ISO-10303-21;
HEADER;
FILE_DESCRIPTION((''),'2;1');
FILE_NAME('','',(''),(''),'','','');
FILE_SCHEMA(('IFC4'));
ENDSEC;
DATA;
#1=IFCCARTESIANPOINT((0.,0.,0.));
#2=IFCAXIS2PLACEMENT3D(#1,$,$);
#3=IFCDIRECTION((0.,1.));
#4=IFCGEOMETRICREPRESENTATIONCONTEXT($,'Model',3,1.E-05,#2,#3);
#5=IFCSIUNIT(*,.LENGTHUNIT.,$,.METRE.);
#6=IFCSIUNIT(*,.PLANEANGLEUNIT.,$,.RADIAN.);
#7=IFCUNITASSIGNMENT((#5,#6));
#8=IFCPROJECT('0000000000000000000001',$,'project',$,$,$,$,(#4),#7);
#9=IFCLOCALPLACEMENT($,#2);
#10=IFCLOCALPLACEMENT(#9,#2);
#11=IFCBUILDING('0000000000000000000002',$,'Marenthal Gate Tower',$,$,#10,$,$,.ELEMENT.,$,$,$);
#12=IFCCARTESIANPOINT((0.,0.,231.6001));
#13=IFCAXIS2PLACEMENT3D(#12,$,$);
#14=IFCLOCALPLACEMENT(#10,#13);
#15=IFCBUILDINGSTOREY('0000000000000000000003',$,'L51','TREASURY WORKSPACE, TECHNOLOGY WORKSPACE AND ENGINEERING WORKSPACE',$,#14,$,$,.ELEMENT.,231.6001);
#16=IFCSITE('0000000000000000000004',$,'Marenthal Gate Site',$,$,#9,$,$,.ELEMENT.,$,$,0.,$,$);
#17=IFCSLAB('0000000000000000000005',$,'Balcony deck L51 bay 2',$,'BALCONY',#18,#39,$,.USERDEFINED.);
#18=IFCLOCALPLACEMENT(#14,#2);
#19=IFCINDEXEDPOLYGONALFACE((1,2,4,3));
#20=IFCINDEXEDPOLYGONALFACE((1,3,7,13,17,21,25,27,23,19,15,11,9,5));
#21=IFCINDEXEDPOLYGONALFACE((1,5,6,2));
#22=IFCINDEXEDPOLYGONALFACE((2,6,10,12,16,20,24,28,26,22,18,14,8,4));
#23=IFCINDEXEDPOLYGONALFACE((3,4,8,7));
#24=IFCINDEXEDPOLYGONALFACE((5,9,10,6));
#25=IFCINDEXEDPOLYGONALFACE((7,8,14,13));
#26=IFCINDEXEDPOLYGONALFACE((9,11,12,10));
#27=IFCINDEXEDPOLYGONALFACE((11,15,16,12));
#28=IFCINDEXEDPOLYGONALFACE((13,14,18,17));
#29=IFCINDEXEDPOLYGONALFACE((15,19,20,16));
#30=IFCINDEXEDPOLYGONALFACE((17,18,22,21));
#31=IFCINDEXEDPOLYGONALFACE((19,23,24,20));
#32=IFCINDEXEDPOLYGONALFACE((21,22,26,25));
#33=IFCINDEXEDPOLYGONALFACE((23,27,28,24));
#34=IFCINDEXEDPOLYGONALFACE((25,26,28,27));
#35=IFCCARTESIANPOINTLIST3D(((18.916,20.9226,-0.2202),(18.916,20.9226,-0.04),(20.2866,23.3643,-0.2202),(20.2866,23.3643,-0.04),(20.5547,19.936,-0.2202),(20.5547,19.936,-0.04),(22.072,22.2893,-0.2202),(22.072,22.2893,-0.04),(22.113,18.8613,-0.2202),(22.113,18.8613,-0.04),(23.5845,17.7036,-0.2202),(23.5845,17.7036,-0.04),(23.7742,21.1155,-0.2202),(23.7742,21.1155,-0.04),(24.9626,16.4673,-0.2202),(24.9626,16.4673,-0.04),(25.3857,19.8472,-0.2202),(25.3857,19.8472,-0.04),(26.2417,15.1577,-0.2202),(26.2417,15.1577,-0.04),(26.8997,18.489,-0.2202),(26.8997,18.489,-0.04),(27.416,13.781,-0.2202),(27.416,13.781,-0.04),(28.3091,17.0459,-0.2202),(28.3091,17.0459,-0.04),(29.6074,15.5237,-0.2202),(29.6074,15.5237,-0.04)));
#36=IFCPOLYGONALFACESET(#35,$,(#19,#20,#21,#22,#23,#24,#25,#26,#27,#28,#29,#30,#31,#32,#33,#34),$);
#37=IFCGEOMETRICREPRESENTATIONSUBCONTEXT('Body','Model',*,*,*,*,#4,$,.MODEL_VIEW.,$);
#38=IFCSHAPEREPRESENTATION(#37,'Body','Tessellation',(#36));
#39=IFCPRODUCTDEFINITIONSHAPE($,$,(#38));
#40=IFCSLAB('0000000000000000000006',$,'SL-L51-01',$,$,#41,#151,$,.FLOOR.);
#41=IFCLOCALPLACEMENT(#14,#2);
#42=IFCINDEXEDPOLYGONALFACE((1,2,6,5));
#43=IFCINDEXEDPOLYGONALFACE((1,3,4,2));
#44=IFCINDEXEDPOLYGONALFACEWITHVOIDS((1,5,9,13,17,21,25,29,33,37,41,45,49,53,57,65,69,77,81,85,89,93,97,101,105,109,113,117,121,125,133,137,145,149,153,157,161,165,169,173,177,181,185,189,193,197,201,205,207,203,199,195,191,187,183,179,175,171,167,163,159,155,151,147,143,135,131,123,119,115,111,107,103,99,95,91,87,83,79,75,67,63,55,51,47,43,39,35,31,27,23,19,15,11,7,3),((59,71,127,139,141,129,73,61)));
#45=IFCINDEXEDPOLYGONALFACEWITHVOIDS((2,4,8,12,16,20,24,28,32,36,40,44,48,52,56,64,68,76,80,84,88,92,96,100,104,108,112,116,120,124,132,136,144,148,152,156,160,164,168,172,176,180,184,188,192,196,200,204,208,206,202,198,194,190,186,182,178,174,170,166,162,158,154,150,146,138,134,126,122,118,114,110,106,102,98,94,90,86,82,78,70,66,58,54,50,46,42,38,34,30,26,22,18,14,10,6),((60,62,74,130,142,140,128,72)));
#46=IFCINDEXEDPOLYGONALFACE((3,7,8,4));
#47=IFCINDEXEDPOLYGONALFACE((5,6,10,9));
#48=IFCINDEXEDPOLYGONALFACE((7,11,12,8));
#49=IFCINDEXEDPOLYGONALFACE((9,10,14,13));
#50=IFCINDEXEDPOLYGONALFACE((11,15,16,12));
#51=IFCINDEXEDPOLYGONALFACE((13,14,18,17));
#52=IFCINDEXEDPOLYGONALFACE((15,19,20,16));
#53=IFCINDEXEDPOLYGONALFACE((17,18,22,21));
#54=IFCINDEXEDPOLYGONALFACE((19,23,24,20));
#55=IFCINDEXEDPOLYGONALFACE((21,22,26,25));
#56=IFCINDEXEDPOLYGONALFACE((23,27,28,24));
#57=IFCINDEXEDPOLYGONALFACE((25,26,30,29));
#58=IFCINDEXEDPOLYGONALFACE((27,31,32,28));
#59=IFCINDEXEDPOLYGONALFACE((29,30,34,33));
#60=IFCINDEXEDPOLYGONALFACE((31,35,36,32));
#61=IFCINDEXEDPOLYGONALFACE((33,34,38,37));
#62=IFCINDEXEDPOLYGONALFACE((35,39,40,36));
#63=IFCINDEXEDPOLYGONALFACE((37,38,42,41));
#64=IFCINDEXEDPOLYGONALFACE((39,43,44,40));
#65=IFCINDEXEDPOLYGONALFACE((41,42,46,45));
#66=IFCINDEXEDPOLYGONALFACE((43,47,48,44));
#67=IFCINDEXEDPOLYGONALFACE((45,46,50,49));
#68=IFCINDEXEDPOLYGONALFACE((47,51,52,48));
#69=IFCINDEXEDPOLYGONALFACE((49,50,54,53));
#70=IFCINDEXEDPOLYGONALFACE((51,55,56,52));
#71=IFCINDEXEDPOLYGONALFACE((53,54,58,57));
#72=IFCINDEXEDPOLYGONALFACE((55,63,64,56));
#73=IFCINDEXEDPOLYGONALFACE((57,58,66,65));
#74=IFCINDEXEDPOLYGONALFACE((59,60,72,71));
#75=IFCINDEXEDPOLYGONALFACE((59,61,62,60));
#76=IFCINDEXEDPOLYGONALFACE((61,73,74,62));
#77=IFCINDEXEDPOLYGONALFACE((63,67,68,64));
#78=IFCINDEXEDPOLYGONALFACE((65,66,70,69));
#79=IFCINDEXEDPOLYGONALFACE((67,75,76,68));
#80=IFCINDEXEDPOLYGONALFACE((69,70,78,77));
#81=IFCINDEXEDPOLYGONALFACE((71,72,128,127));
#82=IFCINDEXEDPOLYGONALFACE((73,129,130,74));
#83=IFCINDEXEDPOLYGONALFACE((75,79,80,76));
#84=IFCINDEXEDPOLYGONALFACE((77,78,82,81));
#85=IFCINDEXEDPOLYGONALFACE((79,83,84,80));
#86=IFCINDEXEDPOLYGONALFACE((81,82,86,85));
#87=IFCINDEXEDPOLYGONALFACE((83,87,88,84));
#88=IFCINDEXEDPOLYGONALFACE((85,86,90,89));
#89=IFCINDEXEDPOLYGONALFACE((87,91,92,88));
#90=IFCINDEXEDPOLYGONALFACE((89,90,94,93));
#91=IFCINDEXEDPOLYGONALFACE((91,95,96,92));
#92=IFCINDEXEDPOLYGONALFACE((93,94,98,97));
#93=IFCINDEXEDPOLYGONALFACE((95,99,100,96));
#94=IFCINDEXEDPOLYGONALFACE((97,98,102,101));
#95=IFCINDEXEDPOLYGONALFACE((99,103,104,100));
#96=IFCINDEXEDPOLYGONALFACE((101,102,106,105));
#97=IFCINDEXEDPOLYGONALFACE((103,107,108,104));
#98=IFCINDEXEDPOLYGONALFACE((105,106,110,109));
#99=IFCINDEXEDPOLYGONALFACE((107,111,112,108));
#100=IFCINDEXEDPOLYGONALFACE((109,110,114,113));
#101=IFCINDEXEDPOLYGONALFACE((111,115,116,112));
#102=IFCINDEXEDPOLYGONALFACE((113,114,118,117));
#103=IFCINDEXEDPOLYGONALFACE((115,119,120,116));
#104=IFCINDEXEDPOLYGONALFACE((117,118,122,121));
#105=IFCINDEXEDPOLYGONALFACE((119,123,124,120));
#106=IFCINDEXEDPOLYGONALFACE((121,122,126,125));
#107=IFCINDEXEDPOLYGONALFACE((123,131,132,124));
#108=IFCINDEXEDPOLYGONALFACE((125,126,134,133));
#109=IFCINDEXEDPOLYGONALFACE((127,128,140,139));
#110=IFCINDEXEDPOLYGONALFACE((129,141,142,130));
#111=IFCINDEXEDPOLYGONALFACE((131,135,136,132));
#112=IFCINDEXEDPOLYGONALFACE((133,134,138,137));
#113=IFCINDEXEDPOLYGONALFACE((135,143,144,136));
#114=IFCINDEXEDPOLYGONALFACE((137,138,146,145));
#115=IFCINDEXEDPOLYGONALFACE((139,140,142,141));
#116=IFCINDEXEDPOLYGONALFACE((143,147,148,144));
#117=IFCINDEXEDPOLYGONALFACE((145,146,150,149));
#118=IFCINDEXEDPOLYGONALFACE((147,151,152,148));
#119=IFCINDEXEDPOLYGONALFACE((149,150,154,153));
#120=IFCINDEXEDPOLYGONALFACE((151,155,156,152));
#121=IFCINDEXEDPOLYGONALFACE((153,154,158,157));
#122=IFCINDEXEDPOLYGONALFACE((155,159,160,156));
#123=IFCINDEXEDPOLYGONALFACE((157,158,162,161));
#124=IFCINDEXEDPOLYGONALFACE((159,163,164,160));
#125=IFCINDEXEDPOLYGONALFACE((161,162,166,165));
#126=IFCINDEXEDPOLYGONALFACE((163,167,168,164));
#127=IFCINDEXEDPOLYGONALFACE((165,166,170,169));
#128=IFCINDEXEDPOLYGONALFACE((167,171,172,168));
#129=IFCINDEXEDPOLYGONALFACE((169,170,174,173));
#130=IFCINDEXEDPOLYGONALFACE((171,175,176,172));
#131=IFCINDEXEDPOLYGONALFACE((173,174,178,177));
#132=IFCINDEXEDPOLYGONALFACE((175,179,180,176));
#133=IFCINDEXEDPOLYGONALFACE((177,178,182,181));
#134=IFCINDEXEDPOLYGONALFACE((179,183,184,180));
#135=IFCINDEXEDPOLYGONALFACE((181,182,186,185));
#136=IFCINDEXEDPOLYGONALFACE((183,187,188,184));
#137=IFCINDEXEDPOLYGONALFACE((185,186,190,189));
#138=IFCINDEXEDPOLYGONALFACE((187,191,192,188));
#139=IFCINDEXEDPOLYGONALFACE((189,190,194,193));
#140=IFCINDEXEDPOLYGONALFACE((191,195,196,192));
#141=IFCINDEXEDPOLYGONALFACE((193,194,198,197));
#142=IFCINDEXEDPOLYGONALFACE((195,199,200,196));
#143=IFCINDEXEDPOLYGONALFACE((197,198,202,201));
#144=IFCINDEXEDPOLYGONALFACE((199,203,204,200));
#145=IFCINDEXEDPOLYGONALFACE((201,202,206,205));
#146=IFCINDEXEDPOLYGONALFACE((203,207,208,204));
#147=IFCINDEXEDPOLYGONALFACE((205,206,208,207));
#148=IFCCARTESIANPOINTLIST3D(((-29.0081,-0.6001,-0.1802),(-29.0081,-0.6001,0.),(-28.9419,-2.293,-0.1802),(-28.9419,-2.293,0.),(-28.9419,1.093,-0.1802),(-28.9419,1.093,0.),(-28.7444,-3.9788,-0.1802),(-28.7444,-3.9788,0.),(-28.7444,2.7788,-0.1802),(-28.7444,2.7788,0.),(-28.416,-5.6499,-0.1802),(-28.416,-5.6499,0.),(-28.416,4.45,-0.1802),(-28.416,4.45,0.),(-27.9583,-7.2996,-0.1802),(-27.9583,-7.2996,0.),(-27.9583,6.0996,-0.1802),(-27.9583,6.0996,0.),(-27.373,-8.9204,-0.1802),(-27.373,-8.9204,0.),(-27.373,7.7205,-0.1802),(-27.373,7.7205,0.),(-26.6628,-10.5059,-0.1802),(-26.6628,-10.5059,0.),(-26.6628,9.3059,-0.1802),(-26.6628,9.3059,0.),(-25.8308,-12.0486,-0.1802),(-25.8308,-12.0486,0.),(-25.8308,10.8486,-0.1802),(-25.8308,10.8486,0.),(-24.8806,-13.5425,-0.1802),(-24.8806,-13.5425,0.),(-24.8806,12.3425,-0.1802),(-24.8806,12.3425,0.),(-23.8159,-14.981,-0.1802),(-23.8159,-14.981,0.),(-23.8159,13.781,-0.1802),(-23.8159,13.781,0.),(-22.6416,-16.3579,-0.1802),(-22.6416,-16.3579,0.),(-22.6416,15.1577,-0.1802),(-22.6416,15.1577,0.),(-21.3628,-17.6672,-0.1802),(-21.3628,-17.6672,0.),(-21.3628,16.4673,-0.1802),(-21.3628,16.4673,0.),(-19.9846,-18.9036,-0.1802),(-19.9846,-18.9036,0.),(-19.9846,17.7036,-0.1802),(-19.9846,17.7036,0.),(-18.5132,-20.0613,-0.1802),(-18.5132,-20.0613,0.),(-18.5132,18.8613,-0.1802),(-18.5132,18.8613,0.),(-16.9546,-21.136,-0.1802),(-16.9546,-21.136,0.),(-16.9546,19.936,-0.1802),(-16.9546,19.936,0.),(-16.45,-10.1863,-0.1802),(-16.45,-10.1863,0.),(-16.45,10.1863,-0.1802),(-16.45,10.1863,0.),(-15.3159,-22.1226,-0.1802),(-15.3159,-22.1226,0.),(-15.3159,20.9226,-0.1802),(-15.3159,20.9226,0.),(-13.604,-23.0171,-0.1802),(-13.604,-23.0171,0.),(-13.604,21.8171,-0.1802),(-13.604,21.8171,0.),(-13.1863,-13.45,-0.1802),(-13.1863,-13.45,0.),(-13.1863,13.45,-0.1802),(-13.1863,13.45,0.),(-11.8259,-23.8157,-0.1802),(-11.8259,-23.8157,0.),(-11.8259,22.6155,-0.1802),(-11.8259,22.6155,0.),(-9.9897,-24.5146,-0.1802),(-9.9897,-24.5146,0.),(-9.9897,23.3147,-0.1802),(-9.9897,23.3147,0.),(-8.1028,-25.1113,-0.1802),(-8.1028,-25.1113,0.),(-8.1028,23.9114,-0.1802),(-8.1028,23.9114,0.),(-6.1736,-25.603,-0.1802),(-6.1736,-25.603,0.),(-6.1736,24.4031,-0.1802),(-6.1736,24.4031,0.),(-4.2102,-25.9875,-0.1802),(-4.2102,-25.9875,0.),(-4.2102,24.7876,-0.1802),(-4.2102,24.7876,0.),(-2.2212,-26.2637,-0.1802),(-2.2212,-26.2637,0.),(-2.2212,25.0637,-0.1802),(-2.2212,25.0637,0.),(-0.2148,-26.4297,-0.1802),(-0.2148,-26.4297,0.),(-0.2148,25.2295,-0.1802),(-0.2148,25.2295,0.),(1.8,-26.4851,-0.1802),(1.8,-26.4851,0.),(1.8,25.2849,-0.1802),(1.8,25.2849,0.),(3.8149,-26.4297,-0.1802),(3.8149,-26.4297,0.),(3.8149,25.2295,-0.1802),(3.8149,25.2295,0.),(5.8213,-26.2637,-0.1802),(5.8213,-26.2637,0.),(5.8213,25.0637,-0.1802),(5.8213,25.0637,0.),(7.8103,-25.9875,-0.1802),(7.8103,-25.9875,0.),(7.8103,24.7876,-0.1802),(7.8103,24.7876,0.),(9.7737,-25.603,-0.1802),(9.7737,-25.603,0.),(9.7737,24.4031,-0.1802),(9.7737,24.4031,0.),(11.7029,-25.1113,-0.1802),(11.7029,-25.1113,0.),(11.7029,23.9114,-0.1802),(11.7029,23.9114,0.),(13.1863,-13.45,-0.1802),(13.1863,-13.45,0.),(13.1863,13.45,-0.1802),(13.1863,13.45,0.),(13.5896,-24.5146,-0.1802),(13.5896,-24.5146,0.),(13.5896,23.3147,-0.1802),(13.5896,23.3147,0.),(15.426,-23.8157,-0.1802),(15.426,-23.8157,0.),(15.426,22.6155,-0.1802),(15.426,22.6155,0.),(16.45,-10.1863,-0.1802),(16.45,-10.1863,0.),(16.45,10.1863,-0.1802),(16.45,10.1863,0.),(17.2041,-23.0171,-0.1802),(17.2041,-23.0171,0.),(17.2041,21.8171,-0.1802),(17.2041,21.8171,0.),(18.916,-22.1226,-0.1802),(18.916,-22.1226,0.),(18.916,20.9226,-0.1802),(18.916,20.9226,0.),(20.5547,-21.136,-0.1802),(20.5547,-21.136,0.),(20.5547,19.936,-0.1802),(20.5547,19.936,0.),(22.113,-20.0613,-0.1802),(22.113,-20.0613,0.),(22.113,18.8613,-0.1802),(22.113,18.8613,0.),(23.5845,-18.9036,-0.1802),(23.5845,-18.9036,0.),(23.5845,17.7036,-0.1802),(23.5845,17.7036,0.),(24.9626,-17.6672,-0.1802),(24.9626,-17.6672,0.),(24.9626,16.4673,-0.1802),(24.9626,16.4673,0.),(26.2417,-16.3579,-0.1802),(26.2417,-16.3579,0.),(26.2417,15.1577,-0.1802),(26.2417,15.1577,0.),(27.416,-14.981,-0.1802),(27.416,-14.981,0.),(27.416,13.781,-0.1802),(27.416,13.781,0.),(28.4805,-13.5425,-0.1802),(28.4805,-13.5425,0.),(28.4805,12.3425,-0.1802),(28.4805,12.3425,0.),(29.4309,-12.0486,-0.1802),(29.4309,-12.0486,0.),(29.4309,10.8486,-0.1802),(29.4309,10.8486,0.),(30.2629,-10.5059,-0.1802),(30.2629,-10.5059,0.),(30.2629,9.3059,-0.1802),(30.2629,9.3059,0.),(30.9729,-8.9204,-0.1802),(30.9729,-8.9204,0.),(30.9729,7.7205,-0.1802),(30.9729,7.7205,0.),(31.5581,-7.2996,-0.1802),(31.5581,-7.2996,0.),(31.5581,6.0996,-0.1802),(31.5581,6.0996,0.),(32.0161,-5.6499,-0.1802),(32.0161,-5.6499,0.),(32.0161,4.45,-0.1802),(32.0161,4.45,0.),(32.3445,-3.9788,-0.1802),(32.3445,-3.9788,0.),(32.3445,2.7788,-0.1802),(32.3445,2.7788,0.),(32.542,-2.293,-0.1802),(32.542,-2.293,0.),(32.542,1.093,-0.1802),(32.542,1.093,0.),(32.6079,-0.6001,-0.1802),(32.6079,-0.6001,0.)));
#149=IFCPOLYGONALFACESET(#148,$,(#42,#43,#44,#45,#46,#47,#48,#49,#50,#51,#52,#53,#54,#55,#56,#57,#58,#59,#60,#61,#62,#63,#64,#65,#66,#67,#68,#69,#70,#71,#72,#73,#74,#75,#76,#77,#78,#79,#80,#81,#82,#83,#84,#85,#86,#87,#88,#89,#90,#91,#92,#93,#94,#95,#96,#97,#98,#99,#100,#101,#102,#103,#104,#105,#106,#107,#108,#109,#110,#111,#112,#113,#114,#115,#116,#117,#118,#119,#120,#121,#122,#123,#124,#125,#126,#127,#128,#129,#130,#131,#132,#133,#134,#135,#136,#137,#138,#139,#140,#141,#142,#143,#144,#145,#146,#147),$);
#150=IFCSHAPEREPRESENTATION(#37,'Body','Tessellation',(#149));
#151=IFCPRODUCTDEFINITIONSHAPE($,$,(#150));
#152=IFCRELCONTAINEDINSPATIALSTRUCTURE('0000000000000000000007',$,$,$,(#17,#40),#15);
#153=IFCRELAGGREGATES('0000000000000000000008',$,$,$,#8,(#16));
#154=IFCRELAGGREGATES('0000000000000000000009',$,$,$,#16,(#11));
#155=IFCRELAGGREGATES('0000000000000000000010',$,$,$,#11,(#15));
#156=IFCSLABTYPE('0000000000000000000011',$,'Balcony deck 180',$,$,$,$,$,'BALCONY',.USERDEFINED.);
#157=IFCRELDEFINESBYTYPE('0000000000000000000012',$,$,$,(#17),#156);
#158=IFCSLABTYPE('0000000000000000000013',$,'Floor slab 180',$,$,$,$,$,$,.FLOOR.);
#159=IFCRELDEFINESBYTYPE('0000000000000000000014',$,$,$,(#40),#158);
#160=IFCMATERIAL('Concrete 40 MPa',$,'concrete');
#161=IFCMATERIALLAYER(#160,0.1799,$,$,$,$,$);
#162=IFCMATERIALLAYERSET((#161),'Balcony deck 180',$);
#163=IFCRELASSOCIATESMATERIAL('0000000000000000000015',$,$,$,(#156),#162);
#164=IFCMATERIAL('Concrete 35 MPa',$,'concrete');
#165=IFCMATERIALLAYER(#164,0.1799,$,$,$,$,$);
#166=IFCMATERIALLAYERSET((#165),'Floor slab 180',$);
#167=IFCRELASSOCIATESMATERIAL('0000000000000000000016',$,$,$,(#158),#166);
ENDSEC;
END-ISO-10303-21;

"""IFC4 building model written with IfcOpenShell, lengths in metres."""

from ifc_helpers import new_model, si_unit, direction, frame, origin, place, context, subcontext, project, spatial, polyline, outline, extrude, material, layer, layer_set, type_object, element, save


model = new_model("IFC4")

# Units and contexts
model_context = context("Model", 3, precision=1e-05, world=origin(), true_north=direction((0.0, 1.0)))
body_context = subcontext(model_context, "Body", "Model", "MODEL_VIEW")
ifc_project = project(units=[si_unit("LENGTHUNIT", "METRE"), si_unit("PLANEANGLEUNIT", "RADIAN")], contexts=[model_context])

# Site, building, storey
site_placement = place(None, origin())
site = spatial("IfcSite", under=ifc_project, at=site_placement, Name="Marenthal Gate Site", CompositionType="ELEMENT", RefElevation=0.0)
building_placement = place(site_placement, origin())
building = spatial("IfcBuilding", under=site, at=building_placement, Name="Marenthal Gate Tower", CompositionType="ELEMENT")
storey_placement = place(building_placement, frame((0.0, 0.0, 231.6001)))
storey = spatial("IfcBuildingStorey", under=building, at=storey_placement, Name="L51", Description="TREASURY WORKSPACE, TECHNOLOGY WORKSPACE AND ENGINEERING WORKSPACE", CompositionType="ELEMENT", Elevation=231.6001)

# Slabs
ifc_material_1 = material(Name="Concrete 40 MPa", Category="concrete")
ifc_layer_1 = layer(ifc_material_1, 0.1799)
ifc_layer_set_1 = layer_set([ifc_layer_1], Name="Balcony deck 180")
slab_type_1 = type_object("IfcSlabType", Name="Balcony deck 180", ElementType="BALCONY", PredefinedType="USERDEFINED", material=ifc_layer_set_1)
slab_1_placement = place(storey_placement, frame((0.0, 0.0, -0.2202)))
element("IfcSlab", 1, at=slab_1_placement, inside=storey, type_object=slab_type_1, Name="Balcony deck L51 bay 2", ObjectType="BALCONY", PredefinedType="USERDEFINED", context=body_context, shape_type="SweptSolid", body=[
    extrude(outline(polyline([(27.416, 13.781), (26.2417, 15.1577), (24.9626, 16.4673), (23.5845, 17.7036), (22.113, 18.8613), (20.5547, 19.936), (18.916, 20.9226), (20.2866, 23.3643), (22.072, 22.2893), (23.7742, 21.1155), (25.3857, 19.8472), (26.8997, 18.489), (28.3091, 17.0459), (29.6074, 15.5237), (27.416, 13.781)])), origin(), (0.0, 0.0, 1.0), 0.1802),
])
ifc_material_2 = material(Name="Concrete 35 MPa", Category="concrete")
ifc_layer_2 = layer(ifc_material_2, 0.1799)
ifc_layer_set_2 = layer_set([ifc_layer_2], Name="Floor slab 180")
slab_type_2 = type_object("IfcSlabType", Name="Floor slab 180", PredefinedType="FLOOR", material=ifc_layer_set_2)
slab_2_placement = place(storey_placement, frame((0.0, 0.0, -0.1802)))
element("IfcSlab", 2, at=slab_2_placement, inside=storey, type_object=slab_type_2, Name="SL-L51-01", PredefinedType="FLOOR", context=body_context, shape_type="SweptSolid", body=[
    extrude(outline(polyline([(32.6079, -0.6001), (32.542, 1.093), (32.3445, 2.7788), (32.0161, 4.45), (31.5581, 6.0996), (30.9729, 7.7205), (30.2629, 9.3059), (29.4309, 10.8486), (28.4805, 12.3425), (27.416, 13.781), (26.2417, 15.1577), (24.9626, 16.4673), (23.5845, 17.7036), (22.113, 18.8613), (20.5547, 19.936), (18.916, 20.9226), (17.2041, 21.8171), (15.426, 22.6155), (13.5896, 23.3147), (11.7029, 23.9114), (9.7737, 24.4031), (7.8103, 24.7876), (5.8213, 25.0637), (3.8149, 25.2295), (1.8, 25.2849), (-0.2148, 25.2295), (-2.2212, 25.0637), (-4.2102, 24.7876), (-6.1736, 24.4031), (-8.1028, 23.9114), (-9.9897, 23.3147), (-11.8259, 22.6155), (-13.604, 21.8171), (-15.3159, 20.9226), (-16.9546, 19.936), (-18.5132, 18.8613), (-19.9846, 17.7036), (-21.3628, 16.4673), (-22.6416, 15.1577), (-23.8159, 13.781), (-24.8806, 12.3425), (-25.8308, 10.8486), (-26.6628, 9.3059), (-27.373, 7.7205), (-27.9583, 6.0996), (-28.416, 4.45), (-28.7444, 2.7788), (-28.9419, 1.093), (-29.0081, -0.6001), (-28.9419, -2.293), (-28.7444, -3.9788), (-28.416, -5.6499), (-27.9583, -7.2996), (-27.373, -8.9204), (-26.6628, -10.5059), (-25.8308, -12.0486), (-24.8806, -13.5425), (-23.8159, -14.981), (-22.6416, -16.3579), (-21.3628, -17.6672), (-19.9846, -18.9036), (-18.5132, -20.0613), (-16.9546, -21.136), (-15.3159, -22.1226), (-13.604, -23.0171), (-11.8259, -23.8157), (-9.9897, -24.5146), (-8.1028, -25.1113), (-6.1736, -25.603), (-4.2102, -25.9875), (-2.2212, -26.2637), (-0.2148, -26.4297), (1.8, -26.4851), (3.8149, -26.4297), (5.8213, -26.2637), (7.8103, -25.9875), (9.7737, -25.603), (11.7029, -25.1113), (13.5896, -24.5146), (15.426, -23.8157), (17.2041, -23.0171), (18.916, -22.1226), (20.5547, -21.136), (22.113, -20.0613), (23.5845, -18.9036), (24.9626, -17.6672), (26.2417, -16.3579), (27.416, -14.981), (28.4805, -13.5425), (29.4309, -12.0486), (30.2629, -10.5059), (30.9729, -8.9204), (31.5581, -7.2996), (32.0161, -5.6499), (32.3445, -3.9788), (32.542, -2.293), (32.6079, -0.6001)]), holes=[polyline([(13.1863, -13.45), (16.45, -10.1863), (16.45, 10.1863), (13.1863, 13.45), (-13.1863, 13.45), (-16.45, 10.1863), (-16.45, -10.1863), (-13.1863, -13.45), (13.1863, -13.45)])]), origin(), (0.0, 0.0, 1.0), 0.1802),
])

save(model, "model.ifc")
